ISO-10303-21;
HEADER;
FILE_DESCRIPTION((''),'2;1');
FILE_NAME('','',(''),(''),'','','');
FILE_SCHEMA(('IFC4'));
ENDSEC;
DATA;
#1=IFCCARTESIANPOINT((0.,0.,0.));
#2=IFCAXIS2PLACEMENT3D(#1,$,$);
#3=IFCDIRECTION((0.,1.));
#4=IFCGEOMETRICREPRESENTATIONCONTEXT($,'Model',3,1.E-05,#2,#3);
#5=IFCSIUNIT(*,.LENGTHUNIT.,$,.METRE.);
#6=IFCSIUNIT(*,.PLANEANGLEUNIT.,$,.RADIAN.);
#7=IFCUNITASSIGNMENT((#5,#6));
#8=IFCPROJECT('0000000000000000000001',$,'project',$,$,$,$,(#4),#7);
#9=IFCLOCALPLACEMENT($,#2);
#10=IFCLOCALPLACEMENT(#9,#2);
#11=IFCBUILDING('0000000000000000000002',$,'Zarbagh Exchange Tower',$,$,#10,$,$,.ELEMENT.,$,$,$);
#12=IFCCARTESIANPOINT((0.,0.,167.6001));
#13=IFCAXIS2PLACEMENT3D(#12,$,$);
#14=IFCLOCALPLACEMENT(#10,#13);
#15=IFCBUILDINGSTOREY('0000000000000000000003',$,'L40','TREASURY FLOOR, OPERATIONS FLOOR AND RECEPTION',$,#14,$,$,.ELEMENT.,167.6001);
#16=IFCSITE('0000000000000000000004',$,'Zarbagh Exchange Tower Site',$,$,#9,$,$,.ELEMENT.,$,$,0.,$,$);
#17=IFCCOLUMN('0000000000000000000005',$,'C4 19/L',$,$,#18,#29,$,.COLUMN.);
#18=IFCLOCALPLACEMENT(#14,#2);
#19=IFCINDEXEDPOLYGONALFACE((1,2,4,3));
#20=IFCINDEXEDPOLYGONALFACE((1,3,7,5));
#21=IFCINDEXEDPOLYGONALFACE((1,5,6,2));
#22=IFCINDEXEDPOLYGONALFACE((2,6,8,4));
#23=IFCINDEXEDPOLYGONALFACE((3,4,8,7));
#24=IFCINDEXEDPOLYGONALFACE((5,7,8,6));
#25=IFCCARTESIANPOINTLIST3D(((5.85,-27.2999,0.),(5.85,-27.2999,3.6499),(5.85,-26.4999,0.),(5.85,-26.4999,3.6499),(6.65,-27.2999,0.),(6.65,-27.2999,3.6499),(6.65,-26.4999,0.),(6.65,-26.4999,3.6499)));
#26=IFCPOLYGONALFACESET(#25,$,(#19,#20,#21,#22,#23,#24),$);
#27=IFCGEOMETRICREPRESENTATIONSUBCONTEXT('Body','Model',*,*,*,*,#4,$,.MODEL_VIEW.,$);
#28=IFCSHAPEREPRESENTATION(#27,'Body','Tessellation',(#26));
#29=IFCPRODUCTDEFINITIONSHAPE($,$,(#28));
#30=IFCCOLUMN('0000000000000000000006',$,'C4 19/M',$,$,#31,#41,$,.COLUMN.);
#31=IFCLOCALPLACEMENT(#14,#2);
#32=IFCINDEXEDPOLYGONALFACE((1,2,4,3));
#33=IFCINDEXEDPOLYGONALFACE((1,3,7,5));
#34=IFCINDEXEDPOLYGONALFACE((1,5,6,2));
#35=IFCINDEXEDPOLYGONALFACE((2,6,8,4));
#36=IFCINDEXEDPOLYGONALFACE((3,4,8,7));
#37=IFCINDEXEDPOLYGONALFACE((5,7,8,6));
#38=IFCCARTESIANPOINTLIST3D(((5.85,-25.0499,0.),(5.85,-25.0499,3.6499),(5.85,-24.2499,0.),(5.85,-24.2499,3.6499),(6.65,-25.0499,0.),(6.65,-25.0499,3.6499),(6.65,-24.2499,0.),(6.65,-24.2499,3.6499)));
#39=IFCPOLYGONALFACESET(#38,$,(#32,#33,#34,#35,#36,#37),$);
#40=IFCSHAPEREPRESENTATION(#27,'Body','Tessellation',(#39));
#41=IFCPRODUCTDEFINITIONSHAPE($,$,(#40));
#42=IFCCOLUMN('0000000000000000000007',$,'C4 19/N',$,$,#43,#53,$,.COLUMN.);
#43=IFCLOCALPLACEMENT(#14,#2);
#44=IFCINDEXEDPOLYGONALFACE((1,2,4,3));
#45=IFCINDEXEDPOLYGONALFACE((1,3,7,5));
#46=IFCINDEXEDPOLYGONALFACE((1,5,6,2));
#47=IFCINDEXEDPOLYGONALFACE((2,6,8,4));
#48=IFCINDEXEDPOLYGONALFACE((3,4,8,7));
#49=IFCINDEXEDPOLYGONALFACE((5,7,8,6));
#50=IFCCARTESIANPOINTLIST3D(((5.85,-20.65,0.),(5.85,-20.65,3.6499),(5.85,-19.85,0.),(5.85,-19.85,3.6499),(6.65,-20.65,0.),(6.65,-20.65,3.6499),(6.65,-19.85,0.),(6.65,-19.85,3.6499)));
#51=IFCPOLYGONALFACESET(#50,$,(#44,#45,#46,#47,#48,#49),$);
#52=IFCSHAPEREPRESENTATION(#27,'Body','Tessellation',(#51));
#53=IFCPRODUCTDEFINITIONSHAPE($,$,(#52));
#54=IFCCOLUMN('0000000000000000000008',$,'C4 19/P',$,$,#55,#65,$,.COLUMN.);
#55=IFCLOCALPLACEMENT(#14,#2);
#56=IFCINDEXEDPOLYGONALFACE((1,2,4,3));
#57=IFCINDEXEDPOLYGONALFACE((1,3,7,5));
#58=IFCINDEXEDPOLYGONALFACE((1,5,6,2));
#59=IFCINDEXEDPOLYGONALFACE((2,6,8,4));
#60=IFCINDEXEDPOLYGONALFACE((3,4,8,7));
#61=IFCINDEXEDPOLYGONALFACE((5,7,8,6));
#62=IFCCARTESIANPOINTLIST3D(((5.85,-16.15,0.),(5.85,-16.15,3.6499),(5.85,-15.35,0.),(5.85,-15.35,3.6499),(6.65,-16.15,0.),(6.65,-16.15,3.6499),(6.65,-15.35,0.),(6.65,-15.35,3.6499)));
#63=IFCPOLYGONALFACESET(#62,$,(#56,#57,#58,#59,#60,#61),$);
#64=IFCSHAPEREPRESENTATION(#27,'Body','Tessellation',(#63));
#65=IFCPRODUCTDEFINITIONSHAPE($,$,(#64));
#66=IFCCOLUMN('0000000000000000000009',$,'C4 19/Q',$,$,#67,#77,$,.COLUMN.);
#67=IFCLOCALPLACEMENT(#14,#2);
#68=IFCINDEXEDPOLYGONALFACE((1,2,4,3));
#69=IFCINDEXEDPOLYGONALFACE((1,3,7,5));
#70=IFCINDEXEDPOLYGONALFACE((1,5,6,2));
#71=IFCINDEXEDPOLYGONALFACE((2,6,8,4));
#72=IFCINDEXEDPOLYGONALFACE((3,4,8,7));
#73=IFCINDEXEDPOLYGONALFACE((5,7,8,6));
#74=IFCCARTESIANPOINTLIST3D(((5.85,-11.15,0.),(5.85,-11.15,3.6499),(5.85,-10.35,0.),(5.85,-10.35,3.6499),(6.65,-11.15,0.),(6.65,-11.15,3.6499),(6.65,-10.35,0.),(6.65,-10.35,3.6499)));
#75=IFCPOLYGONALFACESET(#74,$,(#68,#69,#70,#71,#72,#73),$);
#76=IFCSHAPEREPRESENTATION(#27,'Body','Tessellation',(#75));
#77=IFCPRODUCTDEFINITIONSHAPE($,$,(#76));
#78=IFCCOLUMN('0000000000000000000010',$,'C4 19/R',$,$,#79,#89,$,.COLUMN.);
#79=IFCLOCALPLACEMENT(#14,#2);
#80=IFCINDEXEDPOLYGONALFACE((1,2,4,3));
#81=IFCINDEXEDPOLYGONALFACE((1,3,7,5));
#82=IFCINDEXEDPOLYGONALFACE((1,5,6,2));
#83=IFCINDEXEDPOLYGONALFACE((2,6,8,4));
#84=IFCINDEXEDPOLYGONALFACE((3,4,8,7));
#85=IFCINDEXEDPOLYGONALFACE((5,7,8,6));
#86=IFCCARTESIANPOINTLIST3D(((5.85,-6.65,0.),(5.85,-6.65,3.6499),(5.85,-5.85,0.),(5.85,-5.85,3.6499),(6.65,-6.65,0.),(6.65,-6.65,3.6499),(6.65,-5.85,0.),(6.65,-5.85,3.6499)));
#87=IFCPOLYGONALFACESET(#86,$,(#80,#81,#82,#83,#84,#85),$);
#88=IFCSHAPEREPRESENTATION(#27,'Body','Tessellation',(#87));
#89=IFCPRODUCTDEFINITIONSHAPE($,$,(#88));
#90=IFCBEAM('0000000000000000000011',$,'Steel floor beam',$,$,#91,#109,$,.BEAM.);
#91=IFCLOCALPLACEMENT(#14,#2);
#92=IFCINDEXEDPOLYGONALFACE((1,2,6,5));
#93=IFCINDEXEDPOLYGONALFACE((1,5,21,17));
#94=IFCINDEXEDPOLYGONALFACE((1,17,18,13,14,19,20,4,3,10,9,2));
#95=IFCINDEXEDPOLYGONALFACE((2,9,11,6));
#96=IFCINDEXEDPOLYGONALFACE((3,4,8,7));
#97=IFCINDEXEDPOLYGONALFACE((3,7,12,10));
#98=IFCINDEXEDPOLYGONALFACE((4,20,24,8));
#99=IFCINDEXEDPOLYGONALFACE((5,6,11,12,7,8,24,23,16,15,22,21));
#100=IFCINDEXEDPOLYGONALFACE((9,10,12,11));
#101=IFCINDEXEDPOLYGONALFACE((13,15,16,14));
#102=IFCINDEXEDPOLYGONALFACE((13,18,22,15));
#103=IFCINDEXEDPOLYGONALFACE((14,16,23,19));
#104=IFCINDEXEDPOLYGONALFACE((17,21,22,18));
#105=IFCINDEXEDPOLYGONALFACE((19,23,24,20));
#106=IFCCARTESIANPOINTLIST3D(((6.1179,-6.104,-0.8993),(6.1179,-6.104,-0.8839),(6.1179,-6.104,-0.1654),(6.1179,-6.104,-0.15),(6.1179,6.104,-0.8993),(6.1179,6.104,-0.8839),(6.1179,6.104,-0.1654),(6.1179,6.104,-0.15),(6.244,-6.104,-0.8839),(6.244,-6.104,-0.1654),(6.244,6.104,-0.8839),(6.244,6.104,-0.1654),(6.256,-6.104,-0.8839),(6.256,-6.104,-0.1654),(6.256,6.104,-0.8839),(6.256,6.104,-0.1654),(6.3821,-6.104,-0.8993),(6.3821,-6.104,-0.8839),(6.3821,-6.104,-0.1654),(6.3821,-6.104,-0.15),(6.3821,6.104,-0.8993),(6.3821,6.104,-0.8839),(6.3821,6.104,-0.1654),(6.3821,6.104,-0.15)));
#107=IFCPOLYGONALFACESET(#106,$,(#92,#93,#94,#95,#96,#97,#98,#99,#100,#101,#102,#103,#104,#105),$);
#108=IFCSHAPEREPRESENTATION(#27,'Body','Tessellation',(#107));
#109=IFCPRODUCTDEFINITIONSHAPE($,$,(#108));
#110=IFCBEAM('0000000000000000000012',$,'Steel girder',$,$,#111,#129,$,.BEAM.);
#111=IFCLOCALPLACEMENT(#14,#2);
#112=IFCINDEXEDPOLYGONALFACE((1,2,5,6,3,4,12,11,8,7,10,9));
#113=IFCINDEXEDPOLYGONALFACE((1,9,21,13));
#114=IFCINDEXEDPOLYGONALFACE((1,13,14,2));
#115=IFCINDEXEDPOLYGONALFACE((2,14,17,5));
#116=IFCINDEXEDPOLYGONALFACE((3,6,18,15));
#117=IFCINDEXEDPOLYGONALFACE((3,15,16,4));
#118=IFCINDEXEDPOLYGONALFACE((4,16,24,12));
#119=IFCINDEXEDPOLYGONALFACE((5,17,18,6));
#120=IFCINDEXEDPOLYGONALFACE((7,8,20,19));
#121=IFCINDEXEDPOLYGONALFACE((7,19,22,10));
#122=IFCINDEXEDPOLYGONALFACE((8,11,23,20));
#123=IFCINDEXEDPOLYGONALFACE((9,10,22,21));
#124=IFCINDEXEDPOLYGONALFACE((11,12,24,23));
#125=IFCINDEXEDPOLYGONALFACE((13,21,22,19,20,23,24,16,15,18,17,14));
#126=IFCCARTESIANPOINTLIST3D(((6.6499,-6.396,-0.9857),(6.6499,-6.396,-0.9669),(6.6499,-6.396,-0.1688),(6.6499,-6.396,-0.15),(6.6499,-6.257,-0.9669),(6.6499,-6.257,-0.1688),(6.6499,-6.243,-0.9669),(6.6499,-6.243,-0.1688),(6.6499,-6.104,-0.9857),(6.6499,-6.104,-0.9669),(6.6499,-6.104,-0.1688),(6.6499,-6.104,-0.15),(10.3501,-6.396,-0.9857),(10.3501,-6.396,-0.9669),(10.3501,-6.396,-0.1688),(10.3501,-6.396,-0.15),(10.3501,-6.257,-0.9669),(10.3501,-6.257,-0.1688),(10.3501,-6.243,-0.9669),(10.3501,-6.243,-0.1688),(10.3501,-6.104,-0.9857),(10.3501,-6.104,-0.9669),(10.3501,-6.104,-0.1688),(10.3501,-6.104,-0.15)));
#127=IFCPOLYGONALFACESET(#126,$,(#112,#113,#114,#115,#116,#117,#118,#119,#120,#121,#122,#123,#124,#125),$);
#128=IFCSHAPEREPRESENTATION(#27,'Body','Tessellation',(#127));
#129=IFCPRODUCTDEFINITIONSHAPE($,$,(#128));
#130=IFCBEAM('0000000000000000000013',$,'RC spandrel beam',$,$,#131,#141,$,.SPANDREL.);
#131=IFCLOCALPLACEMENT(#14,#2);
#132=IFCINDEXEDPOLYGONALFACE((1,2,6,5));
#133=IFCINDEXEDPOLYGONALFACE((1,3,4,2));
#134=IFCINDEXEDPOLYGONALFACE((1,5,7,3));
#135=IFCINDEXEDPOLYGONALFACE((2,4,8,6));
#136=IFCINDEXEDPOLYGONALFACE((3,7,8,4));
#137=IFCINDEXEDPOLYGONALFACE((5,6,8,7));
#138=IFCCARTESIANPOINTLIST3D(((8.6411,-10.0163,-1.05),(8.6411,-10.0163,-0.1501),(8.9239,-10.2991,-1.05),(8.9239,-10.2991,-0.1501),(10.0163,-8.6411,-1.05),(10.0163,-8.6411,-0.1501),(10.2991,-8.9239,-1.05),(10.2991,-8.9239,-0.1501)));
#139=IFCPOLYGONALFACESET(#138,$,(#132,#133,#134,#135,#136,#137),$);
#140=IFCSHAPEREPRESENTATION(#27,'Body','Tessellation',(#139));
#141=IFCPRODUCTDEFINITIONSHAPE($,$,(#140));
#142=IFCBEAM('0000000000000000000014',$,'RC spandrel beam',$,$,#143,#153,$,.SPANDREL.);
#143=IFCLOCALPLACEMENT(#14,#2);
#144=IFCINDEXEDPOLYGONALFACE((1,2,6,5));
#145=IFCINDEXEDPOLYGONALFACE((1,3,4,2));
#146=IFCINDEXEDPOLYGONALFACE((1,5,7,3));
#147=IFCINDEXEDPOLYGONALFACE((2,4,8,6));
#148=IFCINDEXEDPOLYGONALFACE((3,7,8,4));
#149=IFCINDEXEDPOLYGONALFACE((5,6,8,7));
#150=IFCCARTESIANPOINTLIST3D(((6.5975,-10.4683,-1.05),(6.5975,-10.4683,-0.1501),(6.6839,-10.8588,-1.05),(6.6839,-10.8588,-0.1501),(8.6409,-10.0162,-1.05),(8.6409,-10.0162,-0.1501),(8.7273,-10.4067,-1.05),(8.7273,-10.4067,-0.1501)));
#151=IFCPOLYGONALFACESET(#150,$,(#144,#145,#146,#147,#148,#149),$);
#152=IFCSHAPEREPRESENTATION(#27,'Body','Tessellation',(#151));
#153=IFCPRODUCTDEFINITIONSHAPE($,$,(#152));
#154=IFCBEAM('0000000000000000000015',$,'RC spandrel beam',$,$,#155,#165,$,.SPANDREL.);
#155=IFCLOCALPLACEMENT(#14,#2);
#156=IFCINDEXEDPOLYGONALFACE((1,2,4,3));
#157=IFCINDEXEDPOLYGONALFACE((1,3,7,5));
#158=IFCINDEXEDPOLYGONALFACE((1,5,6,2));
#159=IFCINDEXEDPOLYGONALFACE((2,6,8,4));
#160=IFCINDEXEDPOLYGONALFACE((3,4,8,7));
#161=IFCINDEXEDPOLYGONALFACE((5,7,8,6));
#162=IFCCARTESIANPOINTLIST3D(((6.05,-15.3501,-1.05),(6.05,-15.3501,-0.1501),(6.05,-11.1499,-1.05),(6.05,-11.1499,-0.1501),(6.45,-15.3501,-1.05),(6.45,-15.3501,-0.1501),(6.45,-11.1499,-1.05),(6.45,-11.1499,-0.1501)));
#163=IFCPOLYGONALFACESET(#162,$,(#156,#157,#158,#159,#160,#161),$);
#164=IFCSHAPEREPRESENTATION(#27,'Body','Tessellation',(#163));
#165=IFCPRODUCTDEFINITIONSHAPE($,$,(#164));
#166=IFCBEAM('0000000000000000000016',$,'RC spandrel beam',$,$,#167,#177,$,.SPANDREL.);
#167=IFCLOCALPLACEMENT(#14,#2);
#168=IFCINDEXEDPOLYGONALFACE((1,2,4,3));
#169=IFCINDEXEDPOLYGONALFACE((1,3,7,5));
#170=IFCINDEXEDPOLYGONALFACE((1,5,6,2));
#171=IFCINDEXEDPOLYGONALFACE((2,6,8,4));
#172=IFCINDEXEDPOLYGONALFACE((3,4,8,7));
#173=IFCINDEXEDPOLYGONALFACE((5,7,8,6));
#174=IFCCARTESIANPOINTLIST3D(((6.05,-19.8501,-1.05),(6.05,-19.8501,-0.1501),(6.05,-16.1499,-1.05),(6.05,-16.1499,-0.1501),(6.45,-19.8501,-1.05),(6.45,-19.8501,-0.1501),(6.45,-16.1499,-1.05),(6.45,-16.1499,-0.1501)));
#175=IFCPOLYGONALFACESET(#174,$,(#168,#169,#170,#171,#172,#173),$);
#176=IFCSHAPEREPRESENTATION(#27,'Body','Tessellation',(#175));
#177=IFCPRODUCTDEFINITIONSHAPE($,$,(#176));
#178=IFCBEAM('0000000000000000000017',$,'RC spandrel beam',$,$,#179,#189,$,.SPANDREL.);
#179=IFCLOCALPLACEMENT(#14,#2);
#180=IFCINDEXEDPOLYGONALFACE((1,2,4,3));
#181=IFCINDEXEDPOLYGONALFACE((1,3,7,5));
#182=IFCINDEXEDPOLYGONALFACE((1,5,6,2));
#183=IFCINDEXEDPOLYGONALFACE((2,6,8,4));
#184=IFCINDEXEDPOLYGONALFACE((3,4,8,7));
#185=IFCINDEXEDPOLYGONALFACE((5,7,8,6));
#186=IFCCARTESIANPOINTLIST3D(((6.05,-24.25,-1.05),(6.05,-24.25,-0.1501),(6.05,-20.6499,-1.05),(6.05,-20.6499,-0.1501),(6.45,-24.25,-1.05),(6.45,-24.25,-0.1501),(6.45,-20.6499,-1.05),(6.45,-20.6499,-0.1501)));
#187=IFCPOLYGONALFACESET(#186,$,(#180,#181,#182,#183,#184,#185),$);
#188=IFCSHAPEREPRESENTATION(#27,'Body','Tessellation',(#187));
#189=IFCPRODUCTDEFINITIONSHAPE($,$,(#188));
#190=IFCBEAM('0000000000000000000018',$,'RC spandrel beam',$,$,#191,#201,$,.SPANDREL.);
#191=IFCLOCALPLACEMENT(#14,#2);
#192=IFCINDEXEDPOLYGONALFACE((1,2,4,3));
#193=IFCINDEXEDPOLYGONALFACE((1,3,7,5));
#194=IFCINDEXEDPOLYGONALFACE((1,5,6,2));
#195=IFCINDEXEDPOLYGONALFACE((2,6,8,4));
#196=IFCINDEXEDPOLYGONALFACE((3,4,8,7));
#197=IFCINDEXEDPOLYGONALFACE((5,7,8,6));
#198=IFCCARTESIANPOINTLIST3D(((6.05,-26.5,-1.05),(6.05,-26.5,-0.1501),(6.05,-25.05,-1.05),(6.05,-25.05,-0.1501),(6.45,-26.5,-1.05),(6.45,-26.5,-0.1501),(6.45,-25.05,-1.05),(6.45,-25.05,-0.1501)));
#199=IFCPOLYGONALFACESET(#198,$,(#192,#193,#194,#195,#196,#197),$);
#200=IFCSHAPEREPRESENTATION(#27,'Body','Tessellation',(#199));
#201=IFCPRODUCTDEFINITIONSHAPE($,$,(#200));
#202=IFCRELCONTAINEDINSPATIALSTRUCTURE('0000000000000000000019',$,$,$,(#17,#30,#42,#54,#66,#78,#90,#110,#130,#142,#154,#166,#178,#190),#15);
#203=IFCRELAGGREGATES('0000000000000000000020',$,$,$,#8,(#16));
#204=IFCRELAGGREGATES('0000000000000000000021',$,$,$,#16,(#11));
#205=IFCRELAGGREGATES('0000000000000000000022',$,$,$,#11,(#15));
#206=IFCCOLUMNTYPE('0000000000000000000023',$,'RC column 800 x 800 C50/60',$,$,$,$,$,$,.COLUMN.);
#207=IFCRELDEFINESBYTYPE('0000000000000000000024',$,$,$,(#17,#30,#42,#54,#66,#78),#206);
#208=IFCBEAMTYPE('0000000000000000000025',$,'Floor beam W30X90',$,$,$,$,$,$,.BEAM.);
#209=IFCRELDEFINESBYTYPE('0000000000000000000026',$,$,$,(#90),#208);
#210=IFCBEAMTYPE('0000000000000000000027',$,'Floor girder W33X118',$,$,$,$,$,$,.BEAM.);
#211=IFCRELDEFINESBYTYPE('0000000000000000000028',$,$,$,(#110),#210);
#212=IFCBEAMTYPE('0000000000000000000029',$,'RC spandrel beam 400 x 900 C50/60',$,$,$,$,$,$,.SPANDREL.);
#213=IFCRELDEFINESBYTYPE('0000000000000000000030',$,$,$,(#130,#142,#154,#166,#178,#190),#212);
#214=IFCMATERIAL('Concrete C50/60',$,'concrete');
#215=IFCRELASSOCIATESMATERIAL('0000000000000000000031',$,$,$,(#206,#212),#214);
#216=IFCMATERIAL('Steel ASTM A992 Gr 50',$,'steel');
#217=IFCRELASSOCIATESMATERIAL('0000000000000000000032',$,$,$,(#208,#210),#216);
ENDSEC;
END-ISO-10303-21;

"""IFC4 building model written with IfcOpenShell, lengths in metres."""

from ifc_helpers import new_model, si_unit, direction, frame, origin, origin_2d, place, context, subcontext, project, spatial, rectangle, i_section, extrude, material, material_profile, profile_set, type_object, element, save


model = new_model("IFC4")

# Units and contexts
model_context = context("Model", 3, precision=1e-05, world=origin(), true_north=direction((0.0, 1.0)))
body_context = subcontext(model_context, "Body", "Model", "MODEL_VIEW")
ifc_project = project(units=[si_unit("LENGTHUNIT", "METRE"), si_unit("PLANEANGLEUNIT", "RADIAN")], contexts=[model_context])

# Site, building, storey
site_placement = place(None, origin())
site = spatial("IfcSite", under=ifc_project, at=site_placement, Name="Zarbagh Exchange Tower Site", CompositionType="ELEMENT", RefElevation=0.0)
building_placement = place(site_placement, origin())
building = spatial("IfcBuilding", under=site, at=building_placement, Name="Zarbagh Exchange Tower", CompositionType="ELEMENT")
storey_placement = place(building_placement, frame((0.0, 0.0, 167.6001)))
storey = spatial("IfcBuildingStorey", under=building, at=storey_placement, Name="L40", Description="TREASURY FLOOR, OPERATIONS FLOOR AND RECEPTION", CompositionType="ELEMENT", Elevation=167.6001)

# Columns
ifc_material_1 = material(Name="Concrete C50/60", Category="concrete")
ifc_material_profile_1 = material_profile(ifc_material_1, rectangle(XDim=0.8, YDim=0.8, at=origin_2d()), Name="RC column 800 x 800 C50/60")
ifc_profile_set_1 = profile_set([ifc_material_profile_1], Name="Concrete C50/60")
column_type = type_object("IfcColumnType", Name="RC column 800 x 800 C50/60", PredefinedType="COLUMN", material=ifc_profile_set_1)
for number, where, z_axis, x_axis, name in (
    (1, (6.25, -26.8999, 0.0), (0.0, 0.0, 1.0), (1.0, 0.0, 0.0), "C4 19/L"),
    (2, (6.25, -24.6499, 0.0), (0.0, 0.0, 1.0), (1.0, 0.0, 0.0), "C4 19/M"),
    (3, (6.25, -20.25, 0.0), (0.0, 0.0, 1.0), (1.0, 0.0, 0.0), "C4 19/N"),
    (4, (6.25, -15.75, 0.0), (0.0, 0.0, 1.0), (1.0, 0.0, 0.0), "C4 19/P"),
    (5, (6.25, -10.75, 0.0), (0.0, 0.0, 1.0), (1.0, 0.0, 0.0), "C4 19/Q"),
    (6, (6.25, -6.25, 0.0), (0.0, 0.0, 1.0), (1.0, 0.0, 0.0), "C4 19/R"),
):
    element("IfcColumn", number, at=place(storey_placement, frame(where, z_axis=z_axis, x_axis=x_axis)), inside=storey, type_object=column_type, Name=name, PredefinedType="COLUMN", context=body_context, shape_type="SweptSolid", body=[
        extrude(rectangle(XDim=0.8, YDim=0.8, at=origin_2d()), origin(), (0.0, 0.0, 1.0), 3.6499),
    ])

# Beams
ifc_material_2 = material(Name="Steel ASTM A992 Gr 50", Category="steel")
ifc_material_profile_2 = material_profile(ifc_material_2, i_section(OverallWidth=0.2642, OverallDepth=0.7493, WebThickness=0.012, FlangeThickness=0.0154, at=origin_2d()), Name="W30X90")
ifc_profile_set_2 = profile_set([ifc_material_profile_2], Name="Steel ASTM A992 Gr 50")
beam_type_1 = type_object("IfcBeamType", Name="Floor beam W30X90", PredefinedType="BEAM", material=ifc_profile_set_2)
beam_1_placement = place(storey_placement, frame((6.25, -6.104, -0.5247), z_axis=(0.0, 1.0, 0.0), x_axis=(-1.0, 0.0, 0.0)))
element("IfcBeam", 7, at=beam_1_placement, inside=storey, type_object=beam_type_1, Name="Steel floor beam", PredefinedType="BEAM", context=body_context, shape_type="SweptSolid", body=[
    extrude(i_section(OverallWidth=0.2642, OverallDepth=0.7493, WebThickness=0.012, FlangeThickness=0.0154, at=origin_2d()), origin(), (0.0, 0.0, 1.0), 12.208),
])
ifc_material_profile_3 = material_profile(ifc_material_2, i_section(OverallWidth=0.292, OverallDepth=0.8357, WebThickness=0.0139, FlangeThickness=0.0188, at=origin_2d()), Name="W33X118")
ifc_profile_set_3 = profile_set([ifc_material_profile_3], Name="Steel ASTM A992 Gr 50")
beam_type_2 = type_object("IfcBeamType", Name="Floor girder W33X118", PredefinedType="BEAM", material=ifc_profile_set_3)
beam_2_placement = place(storey_placement, frame((6.6499, -6.25, -0.5679), z_axis=(1.0, 0.0, 0.0), x_axis=(0.0, 1.0, 0.0)))
element("IfcBeam", 8, at=beam_2_placement, inside=storey, type_object=beam_type_2, Name="Steel girder", PredefinedType="BEAM", context=body_context, shape_type="SweptSolid", body=[
    extrude(i_section(OverallWidth=0.292, OverallDepth=0.8357, WebThickness=0.0139, FlangeThickness=0.0188, at=origin_2d()), origin(), (0.0, 0.0, 1.0), 3.7002),
])
ifc_material_profile_4 = material_profile(ifc_material_1, rectangle(XDim=0.3999, YDim=0.8999, at=origin_2d()), Name="RC spandrel beam 400 x 900 C50/60")
ifc_profile_set_4 = profile_set([ifc_material_profile_4], Name="Concrete C50/60")
beam_type_3 = type_object("IfcBeamType", Name="RC spandrel beam 400 x 900 C50/60", PredefinedType="SPANDREL", material=ifc_profile_set_4)
beam_3_placement = place(storey_placement, frame((10.1577, -8.7825, -0.6001), z_axis=(-0.707107, -0.707107, 0.0), x_axis=(0.707107, -0.707107, 0.0)))
element("IfcBeam", 9, at=beam_3_placement, inside=storey, type_object=beam_type_3, Name="RC spandrel beam", PredefinedType="SPANDREL", context=body_context, shape_type="SweptSolid", body=[
    extrude(rectangle(XDim=0.3999, YDim=0.8999, at=origin_2d()), origin(), (0.0, 0.0, 1.0), 1.9448),
])
beam_4_placement = place(storey_placement, frame((8.6841, -10.2114, -0.6001), z_axis=(-0.976384, -0.216041, 0.0), x_axis=(0.216041, -0.976384, 0.0)))
element("IfcBeam", 10, at=beam_4_placement, inside=storey, type_object=beam_type_3, Name="RC spandrel beam", PredefinedType="SPANDREL", context=body_context, shape_type="SweptSolid", body=[
    extrude(rectangle(XDim=0.3999, YDim=0.8999, at=origin_2d()), origin(), (0.0, 0.0, 1.0), 2.0928),
])
beam_5_placement = place(storey_placement, frame((6.25, -11.1499, -0.6001), z_axis=(0.0, -1.0, 0.0), x_axis=(1.0, 0.0, 0.0)))
element("IfcBeam", 11, at=beam_5_placement, inside=storey, type_object=beam_type_3, Name="RC spandrel beam", PredefinedType="SPANDREL", context=body_context, shape_type="SweptSolid", body=[
    extrude(rectangle(XDim=0.3999, YDim=0.8999, at=origin_2d()), origin(), (0.0, 0.0, 1.0), 4.2002),
])
beam_6_placement = place(storey_placement, frame((6.25, -16.1499, -0.6001), z_axis=(0.0, -1.0, 0.0), x_axis=(1.0, 0.0, 0.0)))
element("IfcBeam", 12, at=beam_6_placement, inside=storey, type_object=beam_type_3, Name="RC spandrel beam", PredefinedType="SPANDREL", context=body_context, shape_type="SweptSolid", body=[
    extrude(rectangle(XDim=0.3999, YDim=0.8999, at=origin_2d()), origin(), (0.0, 0.0, 1.0), 3.7002),
])
beam_7_placement = place(storey_placement, frame((6.25, -20.6499, -0.6001), z_axis=(0.0, -1.0, 0.0), x_axis=(1.0, 0.0, 0.0)))
element("IfcBeam", 13, at=beam_7_placement, inside=storey, type_object=beam_type_3, Name="RC spandrel beam", PredefinedType="SPANDREL", context=body_context, shape_type="SweptSolid", body=[
    extrude(rectangle(XDim=0.3999, YDim=0.8999, at=origin_2d()), origin(), (0.0, 0.0, 1.0), 3.6001),
])
beam_8_placement = place(storey_placement, frame((6.25, -25.05, -0.6001), z_axis=(0.0, -1.0, 0.0), x_axis=(1.0, 0.0, 0.0)))
element("IfcBeam", 14, at=beam_8_placement, inside=storey, type_object=beam_type_3, Name="RC spandrel beam", PredefinedType="SPANDREL", context=body_context, shape_type="SweptSolid", body=[
    extrude(rectangle(XDim=0.3999, YDim=0.8999, at=origin_2d()), origin(), (0.0, 0.0, 1.0), 1.45),
])

save(model, "model.ifc")
